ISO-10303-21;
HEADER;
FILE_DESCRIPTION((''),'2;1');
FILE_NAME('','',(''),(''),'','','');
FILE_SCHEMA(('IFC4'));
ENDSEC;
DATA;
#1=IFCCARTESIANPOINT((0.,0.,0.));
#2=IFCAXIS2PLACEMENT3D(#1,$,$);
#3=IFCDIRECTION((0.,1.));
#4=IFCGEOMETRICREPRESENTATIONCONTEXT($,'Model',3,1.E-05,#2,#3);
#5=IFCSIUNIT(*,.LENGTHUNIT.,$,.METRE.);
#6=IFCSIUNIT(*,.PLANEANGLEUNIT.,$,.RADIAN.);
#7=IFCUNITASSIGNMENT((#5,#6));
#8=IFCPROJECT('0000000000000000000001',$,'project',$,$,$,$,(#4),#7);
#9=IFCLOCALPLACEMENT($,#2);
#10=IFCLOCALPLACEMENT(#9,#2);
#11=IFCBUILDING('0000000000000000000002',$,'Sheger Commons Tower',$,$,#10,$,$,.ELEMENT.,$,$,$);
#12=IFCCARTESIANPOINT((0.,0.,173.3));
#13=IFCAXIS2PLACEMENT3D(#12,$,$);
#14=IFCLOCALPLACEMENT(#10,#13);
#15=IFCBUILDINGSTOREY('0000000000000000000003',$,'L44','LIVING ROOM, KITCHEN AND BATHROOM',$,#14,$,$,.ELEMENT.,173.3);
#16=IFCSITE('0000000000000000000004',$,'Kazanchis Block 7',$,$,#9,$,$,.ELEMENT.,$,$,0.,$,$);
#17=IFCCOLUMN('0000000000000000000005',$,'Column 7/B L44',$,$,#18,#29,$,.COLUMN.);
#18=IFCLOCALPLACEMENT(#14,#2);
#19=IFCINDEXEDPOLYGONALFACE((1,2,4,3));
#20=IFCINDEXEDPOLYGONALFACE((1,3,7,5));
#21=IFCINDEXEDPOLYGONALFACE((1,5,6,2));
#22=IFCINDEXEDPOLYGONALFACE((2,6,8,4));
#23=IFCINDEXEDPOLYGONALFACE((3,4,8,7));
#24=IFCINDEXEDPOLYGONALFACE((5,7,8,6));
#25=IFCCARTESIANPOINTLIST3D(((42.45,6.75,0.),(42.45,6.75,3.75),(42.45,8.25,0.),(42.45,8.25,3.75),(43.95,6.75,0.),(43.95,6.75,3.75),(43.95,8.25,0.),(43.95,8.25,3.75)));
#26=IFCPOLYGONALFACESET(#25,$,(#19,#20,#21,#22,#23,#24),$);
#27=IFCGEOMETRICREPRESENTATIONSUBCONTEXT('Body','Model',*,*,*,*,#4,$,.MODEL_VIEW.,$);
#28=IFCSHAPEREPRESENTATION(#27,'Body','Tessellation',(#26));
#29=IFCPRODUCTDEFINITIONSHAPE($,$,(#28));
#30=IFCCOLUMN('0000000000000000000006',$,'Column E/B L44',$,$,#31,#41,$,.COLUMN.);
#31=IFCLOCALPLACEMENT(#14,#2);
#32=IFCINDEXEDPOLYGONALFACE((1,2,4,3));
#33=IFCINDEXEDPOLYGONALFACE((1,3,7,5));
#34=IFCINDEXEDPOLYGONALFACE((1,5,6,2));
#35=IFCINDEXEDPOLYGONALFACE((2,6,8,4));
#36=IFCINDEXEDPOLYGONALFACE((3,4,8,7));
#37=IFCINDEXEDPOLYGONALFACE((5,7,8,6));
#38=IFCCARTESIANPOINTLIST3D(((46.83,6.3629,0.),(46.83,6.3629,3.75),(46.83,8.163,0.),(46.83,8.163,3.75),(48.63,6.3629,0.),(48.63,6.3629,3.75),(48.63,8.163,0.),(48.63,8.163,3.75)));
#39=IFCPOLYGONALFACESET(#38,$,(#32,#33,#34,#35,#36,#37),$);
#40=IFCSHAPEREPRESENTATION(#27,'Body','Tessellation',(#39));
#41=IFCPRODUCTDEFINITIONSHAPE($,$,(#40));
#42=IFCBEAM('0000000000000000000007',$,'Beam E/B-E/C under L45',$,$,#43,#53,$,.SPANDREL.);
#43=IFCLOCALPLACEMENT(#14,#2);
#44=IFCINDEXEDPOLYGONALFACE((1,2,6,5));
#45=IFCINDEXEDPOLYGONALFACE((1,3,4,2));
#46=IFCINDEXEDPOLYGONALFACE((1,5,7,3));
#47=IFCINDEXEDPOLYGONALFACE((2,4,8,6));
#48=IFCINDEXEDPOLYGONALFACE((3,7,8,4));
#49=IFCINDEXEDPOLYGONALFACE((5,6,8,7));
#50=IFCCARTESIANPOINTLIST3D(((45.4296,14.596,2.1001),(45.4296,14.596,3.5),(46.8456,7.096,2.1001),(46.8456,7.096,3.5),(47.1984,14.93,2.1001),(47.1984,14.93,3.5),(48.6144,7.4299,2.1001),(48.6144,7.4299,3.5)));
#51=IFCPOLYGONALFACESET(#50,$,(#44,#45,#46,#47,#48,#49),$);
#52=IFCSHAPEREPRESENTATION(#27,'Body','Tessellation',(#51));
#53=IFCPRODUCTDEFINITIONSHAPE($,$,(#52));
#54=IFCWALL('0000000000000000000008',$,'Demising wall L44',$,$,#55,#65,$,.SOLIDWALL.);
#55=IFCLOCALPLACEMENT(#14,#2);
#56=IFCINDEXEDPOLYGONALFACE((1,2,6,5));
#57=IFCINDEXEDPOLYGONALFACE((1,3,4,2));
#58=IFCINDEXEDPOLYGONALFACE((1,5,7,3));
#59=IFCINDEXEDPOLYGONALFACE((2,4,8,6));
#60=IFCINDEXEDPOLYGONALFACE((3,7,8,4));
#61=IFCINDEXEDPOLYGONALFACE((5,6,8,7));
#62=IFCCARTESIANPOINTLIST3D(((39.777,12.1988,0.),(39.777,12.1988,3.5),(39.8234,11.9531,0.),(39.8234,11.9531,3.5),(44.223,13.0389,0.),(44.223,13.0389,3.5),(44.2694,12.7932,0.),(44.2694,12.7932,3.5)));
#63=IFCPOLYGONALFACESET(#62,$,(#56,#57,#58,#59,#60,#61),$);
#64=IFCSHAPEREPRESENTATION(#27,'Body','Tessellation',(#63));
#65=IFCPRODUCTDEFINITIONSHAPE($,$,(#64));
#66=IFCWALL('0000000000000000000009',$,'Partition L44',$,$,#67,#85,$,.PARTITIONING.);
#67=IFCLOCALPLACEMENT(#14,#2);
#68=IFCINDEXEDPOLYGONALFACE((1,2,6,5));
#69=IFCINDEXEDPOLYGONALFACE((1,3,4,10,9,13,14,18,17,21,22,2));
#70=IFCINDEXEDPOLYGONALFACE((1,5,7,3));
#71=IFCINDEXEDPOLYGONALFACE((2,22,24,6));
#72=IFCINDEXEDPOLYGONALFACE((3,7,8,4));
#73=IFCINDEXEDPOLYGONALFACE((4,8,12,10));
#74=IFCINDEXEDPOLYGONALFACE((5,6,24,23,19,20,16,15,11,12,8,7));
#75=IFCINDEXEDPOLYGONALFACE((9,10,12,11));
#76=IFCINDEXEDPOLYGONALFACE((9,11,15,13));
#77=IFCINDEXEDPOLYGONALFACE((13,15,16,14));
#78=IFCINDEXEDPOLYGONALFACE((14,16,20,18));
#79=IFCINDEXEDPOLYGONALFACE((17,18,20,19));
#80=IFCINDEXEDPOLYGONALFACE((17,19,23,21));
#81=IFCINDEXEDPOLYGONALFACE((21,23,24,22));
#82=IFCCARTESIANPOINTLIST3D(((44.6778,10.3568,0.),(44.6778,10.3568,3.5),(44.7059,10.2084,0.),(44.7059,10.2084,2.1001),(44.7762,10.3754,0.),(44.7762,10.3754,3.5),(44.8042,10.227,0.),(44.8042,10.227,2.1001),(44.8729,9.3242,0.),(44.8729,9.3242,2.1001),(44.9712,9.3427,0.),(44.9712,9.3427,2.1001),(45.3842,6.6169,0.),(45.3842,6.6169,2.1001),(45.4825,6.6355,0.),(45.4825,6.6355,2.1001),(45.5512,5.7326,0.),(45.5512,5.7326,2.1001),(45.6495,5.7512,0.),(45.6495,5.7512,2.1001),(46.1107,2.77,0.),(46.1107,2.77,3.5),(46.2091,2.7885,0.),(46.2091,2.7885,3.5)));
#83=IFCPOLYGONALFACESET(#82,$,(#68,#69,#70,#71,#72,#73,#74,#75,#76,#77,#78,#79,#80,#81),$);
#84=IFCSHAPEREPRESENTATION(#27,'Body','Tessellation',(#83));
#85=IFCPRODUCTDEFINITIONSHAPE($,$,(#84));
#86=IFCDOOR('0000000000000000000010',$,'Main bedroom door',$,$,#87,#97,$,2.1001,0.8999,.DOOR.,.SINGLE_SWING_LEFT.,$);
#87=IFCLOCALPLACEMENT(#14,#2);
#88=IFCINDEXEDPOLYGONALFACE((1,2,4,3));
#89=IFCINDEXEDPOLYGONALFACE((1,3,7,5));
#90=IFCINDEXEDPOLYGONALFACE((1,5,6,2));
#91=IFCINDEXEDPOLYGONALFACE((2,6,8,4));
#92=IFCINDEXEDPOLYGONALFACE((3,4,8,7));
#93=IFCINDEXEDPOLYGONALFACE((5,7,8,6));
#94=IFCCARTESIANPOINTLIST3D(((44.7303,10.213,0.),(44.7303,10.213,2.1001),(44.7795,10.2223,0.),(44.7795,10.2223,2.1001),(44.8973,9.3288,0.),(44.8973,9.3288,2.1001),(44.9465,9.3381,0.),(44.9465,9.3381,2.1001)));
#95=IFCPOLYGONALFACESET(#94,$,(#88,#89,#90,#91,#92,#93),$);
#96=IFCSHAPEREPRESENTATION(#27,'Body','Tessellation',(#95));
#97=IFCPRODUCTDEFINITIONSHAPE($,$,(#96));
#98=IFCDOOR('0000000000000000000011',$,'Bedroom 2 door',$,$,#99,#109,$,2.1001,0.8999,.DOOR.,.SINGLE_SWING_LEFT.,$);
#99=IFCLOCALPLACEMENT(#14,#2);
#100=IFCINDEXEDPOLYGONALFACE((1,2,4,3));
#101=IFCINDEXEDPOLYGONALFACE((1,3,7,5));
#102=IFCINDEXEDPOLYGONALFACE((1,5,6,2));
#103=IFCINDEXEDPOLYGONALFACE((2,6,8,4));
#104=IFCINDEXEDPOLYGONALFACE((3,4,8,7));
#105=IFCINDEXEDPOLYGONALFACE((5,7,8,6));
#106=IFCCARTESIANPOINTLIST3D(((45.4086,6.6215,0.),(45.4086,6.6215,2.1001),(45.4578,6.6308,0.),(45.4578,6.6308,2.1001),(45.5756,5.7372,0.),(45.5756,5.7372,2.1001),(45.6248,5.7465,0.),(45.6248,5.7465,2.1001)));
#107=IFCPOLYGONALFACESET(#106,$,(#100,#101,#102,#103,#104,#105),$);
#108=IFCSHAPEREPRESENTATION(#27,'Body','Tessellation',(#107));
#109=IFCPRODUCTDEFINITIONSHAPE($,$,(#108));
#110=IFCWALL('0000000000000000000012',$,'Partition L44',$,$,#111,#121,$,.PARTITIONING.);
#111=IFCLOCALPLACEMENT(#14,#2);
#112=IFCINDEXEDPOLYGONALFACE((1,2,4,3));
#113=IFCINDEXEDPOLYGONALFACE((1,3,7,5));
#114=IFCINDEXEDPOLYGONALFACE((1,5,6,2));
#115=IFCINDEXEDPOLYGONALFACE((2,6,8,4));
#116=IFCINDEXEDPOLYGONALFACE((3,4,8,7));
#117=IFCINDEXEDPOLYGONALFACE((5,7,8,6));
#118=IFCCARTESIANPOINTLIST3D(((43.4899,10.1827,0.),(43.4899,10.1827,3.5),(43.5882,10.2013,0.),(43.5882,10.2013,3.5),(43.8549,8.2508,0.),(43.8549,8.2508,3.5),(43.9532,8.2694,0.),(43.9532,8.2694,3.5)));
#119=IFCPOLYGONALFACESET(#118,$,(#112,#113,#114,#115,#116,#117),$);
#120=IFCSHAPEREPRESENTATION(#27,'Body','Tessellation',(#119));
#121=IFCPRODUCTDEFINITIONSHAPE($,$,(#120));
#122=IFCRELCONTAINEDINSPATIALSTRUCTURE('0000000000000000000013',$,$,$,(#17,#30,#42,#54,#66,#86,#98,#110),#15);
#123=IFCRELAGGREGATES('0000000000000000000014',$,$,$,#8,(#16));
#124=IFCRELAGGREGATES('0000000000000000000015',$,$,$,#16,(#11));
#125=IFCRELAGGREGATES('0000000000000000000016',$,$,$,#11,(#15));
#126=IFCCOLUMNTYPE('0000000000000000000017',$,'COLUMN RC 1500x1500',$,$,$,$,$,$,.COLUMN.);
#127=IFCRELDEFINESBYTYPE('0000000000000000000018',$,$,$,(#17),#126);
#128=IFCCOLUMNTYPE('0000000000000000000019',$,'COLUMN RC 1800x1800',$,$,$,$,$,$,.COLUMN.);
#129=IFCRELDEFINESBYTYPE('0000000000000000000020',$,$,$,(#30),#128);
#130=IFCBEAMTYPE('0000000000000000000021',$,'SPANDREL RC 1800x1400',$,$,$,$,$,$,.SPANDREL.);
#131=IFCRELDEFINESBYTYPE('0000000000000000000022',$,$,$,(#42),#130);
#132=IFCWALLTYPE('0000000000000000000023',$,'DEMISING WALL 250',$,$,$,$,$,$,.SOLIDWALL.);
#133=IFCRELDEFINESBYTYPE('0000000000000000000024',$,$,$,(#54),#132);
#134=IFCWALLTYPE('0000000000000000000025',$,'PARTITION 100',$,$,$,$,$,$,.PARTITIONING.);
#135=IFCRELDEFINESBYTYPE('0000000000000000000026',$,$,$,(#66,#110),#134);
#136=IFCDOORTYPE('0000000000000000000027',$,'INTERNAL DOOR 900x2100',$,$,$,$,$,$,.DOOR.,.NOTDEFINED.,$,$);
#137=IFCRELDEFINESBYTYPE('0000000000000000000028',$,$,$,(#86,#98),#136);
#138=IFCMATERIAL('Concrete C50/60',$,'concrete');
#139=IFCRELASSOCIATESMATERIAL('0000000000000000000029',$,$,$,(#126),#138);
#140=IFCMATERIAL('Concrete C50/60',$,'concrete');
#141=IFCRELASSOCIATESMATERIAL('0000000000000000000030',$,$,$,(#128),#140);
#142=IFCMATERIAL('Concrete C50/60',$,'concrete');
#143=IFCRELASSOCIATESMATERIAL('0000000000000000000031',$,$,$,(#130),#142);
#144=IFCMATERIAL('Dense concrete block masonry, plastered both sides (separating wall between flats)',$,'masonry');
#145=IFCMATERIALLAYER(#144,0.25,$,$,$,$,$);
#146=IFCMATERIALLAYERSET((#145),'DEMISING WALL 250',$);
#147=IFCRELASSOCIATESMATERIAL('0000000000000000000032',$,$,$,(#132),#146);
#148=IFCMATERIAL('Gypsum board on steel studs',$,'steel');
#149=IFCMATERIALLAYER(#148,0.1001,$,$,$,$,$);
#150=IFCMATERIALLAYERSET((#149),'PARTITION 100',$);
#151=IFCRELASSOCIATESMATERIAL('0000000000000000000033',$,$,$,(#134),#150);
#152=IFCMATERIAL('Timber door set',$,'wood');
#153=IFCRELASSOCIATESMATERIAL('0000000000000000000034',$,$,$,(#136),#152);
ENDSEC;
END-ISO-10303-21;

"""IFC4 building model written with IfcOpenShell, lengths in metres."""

from ifc_helpers import new_model, si_unit, direction, frame, frame_2d, origin, origin_2d, place, context, subcontext, project, spatial, rectangle, extrude, material, layer, layer_set, material_profile, profile_set, type_object, element, fill, save


model = new_model("IFC4")

# Units and contexts
model_context = context("Model", 3, precision=1e-05, world=origin(), true_north=direction((0.0, 1.0)))
body_context = subcontext(model_context, "Body", "Model", "MODEL_VIEW")
ifc_project = project(units=[si_unit("LENGTHUNIT", "METRE"), si_unit("PLANEANGLEUNIT", "RADIAN")], contexts=[model_context])

# Site, building, storey
site_placement = place(None, origin())
site = spatial("IfcSite", under=ifc_project, at=site_placement, Name="Kazanchis Block 7", CompositionType="ELEMENT", RefElevation=0.0)
building_placement = place(site_placement, origin())
building = spatial("IfcBuilding", under=site, at=building_placement, Name="Sheger Commons Tower", CompositionType="ELEMENT")
storey_placement = place(building_placement, frame((0.0, 0.0, 173.3)))
storey = spatial("IfcBuildingStorey", under=building, at=storey_placement, Name="L44", Description="LIVING ROOM, KITCHEN AND BATHROOM", CompositionType="ELEMENT", Elevation=173.3)

# Columns
ifc_material_1 = material(Name="Concrete C50/60", Category="concrete")
ifc_material_profile_1 = material_profile(ifc_material_1, rectangle(XDim=1.5, YDim=1.5, at=origin_2d()), Name="RC 1500x1500")
ifc_profile_set_1 = profile_set([ifc_material_profile_1], Name="Concrete C50/60")
column_type_1 = type_object("IfcColumnType", Name="COLUMN RC 1500x1500", PredefinedType="COLUMN", material=ifc_profile_set_1)
column_1_placement = place(storey_placement, frame((43.2, 7.5, 0.0), z_axis=(0.0, 0.0, 1.0), x_axis=(1.0, 0.0, 0.0)))
element("IfcColumn", 1, at=column_1_placement, inside=storey, type_object=column_type_1, Name="Column 7/B L44", PredefinedType="COLUMN", context=body_context, shape_type="SweptSolid", body=[
    extrude(rectangle(XDim=1.5, YDim=1.5, at=origin_2d()), origin(), (0.0, 0.0, 1.0), 3.75),
])
ifc_material_2 = material(Name="Concrete C50/60", Category="concrete")
ifc_material_profile_2 = material_profile(ifc_material_2, rectangle(XDim=1.8, YDim=1.8, at=origin_2d()), Name="RC 1800x1800")
ifc_profile_set_2 = profile_set([ifc_material_profile_2], Name="Concrete C50/60")
column_type_2 = type_object("IfcColumnType", Name="COLUMN RC 1800x1800", PredefinedType="COLUMN", material=ifc_profile_set_2)
column_2_placement = place(storey_placement, frame((47.73, 7.2629, 0.0), z_axis=(0.0, 0.0, 1.0), x_axis=(1.0, 0.0, 0.0)))
element("IfcColumn", 2, at=column_2_placement, inside=storey, type_object=column_type_2, Name="Column E/B L44", PredefinedType="COLUMN", context=body_context, shape_type="SweptSolid", body=[
    extrude(rectangle(XDim=1.8, YDim=1.8, at=origin_2d()), origin(), (0.0, 0.0, 1.0), 3.75),
])

# Beam
ifc_material_3 = material(Name="Concrete C50/60", Category="concrete")
ifc_material_profile_3 = material_profile(ifc_material_3, rectangle(XDim=1.8, YDim=1.3999, at=origin_2d()), Name="RC 1800x1400")
ifc_profile_set_3 = profile_set([ifc_material_profile_3], Name="Concrete C50/60")
beam_type = type_object("IfcBeamType", Name="SPANDREL RC 1800x1400", PredefinedType="SPANDREL", material=ifc_profile_set_3)
beam_placement = place(storey_placement, frame((47.73, 7.2629, 2.8), z_axis=(-0.185524, 0.98264, 0.0), x_axis=(-0.98264, -0.185524, 0.0)))
element("IfcBeam", 3, at=beam_placement, inside=storey, type_object=beam_type, Name="Beam E/B-E/C under L45", PredefinedType="SPANDREL", context=body_context, shape_type="SweptSolid", body=[
    extrude(rectangle(XDim=1.8, YDim=1.3999, at=origin_2d()), origin(), (0.0, 0.0, 1.0), 7.6326),
])

# Wall
ifc_material_4 = material(Name="Dense concrete block masonry, plastered both sides (separating wall between flats)", Category="masonry")
ifc_layer_1 = layer(ifc_material_4, 0.25)
ifc_layer_set_1 = layer_set([ifc_layer_1], Name="DEMISING WALL 250")
wall_type_1 = type_object("IfcWallType", Name="DEMISING WALL 250", PredefinedType="SOLIDWALL", material=ifc_layer_set_1)
wall_1_placement = place(storey_placement, frame((44.2461, 12.916, 0.0), z_axis=(0.0, 0.0, 1.0), x_axis=(-0.982613, -0.185666, 0.0)))
element("IfcWall", 4, at=wall_1_placement, inside=storey, type_object=wall_type_1, Name="Demising wall L44", PredefinedType="SOLIDWALL", context=body_context, shape_type="SweptSolid", body=[
    extrude(rectangle(XDim=4.5247, YDim=0.25, at=frame_2d((2.2622, 0.0))), origin(), (0.0, 0.0, 1.0), 3.5),
])

# Wall, openings, doors
ifc_material_5 = material(Name="Gypsum board on steel studs", Category="steel")
ifc_layer_2 = layer(ifc_material_5, 0.1001)
ifc_layer_set_2 = layer_set([ifc_layer_2], Name="PARTITION 100")
wall_type_2 = type_object("IfcWallType", Name="PARTITION 100", PredefinedType="PARTITIONING", material=ifc_layer_set_2)
wall_2_placement = place(storey_placement, frame((44.7271, 10.366, 0.0), z_axis=(0.0, 0.0, 1.0), x_axis=(0.185579, -0.982629, 0.0)))
wall_2 = element("IfcWall", 5, at=wall_2_placement, inside=storey, type_object=wall_type_2, Name="Partition L44", PredefinedType="PARTITIONING", context=body_context, shape_type="SweptSolid", body=[
    extrude(rectangle(XDim=7.7209, YDim=0.1001, at=frame_2d((3.8604, 0.0))), origin(), (0.0, 0.0, 1.0), 3.5),
])
opening_1_placement = place(wall_2_placement, frame((0.1509, 0.0, 0.0)))
opening_1 = element("IfcOpeningElement", 6, at=opening_1_placement, cuts=wall_2, PredefinedType="OPENING", context=body_context, shape_type="SweptSolid", body=[
    extrude(rectangle(XDim=0.8999, YDim=2.1001, at=frame_2d((0.45, 1.05))), frame((0.0, 0.0601, 0.0), z_axis=(0.0, -1.0, 0.0), x_axis=(1.0, 0.0, 0.0)), (0.0, 0.0, 1.0), 0.1201),
])
opening_2_placement = place(wall_2_placement, frame((3.8059, 0.0, 0.0)))
opening_2 = element("IfcOpeningElement", 7, at=opening_2_placement, cuts=wall_2, PredefinedType="OPENING", context=body_context, shape_type="SweptSolid", body=[
    extrude(rectangle(XDim=0.8999, YDim=2.1001, at=frame_2d((0.45, 1.05))), frame((0.0, 0.0601, 0.0), z_axis=(0.0, -1.0, 0.0), x_axis=(1.0, 0.0, 0.0)), (0.0, 0.0, 1.0), 0.1201),
])
ifc_material_6 = material(Name="Timber door set", Category="wood")
door_type = type_object("IfcDoorType", Name="INTERNAL DOOR 900x2100", OperationType="NOTDEFINED", PredefinedType="DOOR", material=ifc_material_6)
door_1_placement = place(opening_1_placement, origin())
door_1 = element("IfcDoor", 8, at=door_1_placement, inside=storey, type_object=door_type, Name="Main bedroom door", OperationType="SINGLE_SWING_LEFT", OverallHeight=2.1001, OverallWidth=0.8999, PredefinedType="DOOR", context=body_context, shape_type="SweptSolid", body=[
    extrude(rectangle(XDim=0.8999, YDim=2.1001, at=frame_2d((0.45, 1.05))), frame((0.0, 0.0249, 0.0), z_axis=(0.0, -1.0, 0.0), x_axis=(1.0, 0.0, 0.0)), (0.0, 0.0, 1.0), 0.05),
])
fill(opening_1, door_1)
door_2_placement = place(opening_2_placement, origin())
door_2 = element("IfcDoor", 9, at=door_2_placement, inside=storey, type_object=door_type, Name="Bedroom 2 door", OperationType="SINGLE_SWING_LEFT", OverallHeight=2.1001, OverallWidth=0.8999, PredefinedType="DOOR", context=body_context, shape_type="SweptSolid", body=[
    extrude(rectangle(XDim=0.8999, YDim=2.1001, at=frame_2d((0.45, 1.05))), frame((0.0, 0.0249, 0.0), z_axis=(0.0, -1.0, 0.0), x_axis=(1.0, 0.0, 0.0)), (0.0, 0.0, 1.0), 0.05),
])
fill(opening_2, door_2)

# Wall
wall_3_placement = place(storey_placement, frame((43.5391, 10.1919, 0.0), z_axis=(0.0, 0.0, 1.0), x_axis=(0.185645, -0.982617, 0.0)))
element("IfcWall", 10, at=wall_3_placement, inside=storey, type_object=wall_type_2, Name="Partition L44", PredefinedType="PARTITIONING", context=body_context, shape_type="SweptSolid", body=[
    extrude(rectangle(XDim=1.9661, YDim=0.1001, at=frame_2d((0.9829, 0.0))), origin(), (0.0, 0.0, 1.0), 3.5),
])

save(model, "model.ifc")
